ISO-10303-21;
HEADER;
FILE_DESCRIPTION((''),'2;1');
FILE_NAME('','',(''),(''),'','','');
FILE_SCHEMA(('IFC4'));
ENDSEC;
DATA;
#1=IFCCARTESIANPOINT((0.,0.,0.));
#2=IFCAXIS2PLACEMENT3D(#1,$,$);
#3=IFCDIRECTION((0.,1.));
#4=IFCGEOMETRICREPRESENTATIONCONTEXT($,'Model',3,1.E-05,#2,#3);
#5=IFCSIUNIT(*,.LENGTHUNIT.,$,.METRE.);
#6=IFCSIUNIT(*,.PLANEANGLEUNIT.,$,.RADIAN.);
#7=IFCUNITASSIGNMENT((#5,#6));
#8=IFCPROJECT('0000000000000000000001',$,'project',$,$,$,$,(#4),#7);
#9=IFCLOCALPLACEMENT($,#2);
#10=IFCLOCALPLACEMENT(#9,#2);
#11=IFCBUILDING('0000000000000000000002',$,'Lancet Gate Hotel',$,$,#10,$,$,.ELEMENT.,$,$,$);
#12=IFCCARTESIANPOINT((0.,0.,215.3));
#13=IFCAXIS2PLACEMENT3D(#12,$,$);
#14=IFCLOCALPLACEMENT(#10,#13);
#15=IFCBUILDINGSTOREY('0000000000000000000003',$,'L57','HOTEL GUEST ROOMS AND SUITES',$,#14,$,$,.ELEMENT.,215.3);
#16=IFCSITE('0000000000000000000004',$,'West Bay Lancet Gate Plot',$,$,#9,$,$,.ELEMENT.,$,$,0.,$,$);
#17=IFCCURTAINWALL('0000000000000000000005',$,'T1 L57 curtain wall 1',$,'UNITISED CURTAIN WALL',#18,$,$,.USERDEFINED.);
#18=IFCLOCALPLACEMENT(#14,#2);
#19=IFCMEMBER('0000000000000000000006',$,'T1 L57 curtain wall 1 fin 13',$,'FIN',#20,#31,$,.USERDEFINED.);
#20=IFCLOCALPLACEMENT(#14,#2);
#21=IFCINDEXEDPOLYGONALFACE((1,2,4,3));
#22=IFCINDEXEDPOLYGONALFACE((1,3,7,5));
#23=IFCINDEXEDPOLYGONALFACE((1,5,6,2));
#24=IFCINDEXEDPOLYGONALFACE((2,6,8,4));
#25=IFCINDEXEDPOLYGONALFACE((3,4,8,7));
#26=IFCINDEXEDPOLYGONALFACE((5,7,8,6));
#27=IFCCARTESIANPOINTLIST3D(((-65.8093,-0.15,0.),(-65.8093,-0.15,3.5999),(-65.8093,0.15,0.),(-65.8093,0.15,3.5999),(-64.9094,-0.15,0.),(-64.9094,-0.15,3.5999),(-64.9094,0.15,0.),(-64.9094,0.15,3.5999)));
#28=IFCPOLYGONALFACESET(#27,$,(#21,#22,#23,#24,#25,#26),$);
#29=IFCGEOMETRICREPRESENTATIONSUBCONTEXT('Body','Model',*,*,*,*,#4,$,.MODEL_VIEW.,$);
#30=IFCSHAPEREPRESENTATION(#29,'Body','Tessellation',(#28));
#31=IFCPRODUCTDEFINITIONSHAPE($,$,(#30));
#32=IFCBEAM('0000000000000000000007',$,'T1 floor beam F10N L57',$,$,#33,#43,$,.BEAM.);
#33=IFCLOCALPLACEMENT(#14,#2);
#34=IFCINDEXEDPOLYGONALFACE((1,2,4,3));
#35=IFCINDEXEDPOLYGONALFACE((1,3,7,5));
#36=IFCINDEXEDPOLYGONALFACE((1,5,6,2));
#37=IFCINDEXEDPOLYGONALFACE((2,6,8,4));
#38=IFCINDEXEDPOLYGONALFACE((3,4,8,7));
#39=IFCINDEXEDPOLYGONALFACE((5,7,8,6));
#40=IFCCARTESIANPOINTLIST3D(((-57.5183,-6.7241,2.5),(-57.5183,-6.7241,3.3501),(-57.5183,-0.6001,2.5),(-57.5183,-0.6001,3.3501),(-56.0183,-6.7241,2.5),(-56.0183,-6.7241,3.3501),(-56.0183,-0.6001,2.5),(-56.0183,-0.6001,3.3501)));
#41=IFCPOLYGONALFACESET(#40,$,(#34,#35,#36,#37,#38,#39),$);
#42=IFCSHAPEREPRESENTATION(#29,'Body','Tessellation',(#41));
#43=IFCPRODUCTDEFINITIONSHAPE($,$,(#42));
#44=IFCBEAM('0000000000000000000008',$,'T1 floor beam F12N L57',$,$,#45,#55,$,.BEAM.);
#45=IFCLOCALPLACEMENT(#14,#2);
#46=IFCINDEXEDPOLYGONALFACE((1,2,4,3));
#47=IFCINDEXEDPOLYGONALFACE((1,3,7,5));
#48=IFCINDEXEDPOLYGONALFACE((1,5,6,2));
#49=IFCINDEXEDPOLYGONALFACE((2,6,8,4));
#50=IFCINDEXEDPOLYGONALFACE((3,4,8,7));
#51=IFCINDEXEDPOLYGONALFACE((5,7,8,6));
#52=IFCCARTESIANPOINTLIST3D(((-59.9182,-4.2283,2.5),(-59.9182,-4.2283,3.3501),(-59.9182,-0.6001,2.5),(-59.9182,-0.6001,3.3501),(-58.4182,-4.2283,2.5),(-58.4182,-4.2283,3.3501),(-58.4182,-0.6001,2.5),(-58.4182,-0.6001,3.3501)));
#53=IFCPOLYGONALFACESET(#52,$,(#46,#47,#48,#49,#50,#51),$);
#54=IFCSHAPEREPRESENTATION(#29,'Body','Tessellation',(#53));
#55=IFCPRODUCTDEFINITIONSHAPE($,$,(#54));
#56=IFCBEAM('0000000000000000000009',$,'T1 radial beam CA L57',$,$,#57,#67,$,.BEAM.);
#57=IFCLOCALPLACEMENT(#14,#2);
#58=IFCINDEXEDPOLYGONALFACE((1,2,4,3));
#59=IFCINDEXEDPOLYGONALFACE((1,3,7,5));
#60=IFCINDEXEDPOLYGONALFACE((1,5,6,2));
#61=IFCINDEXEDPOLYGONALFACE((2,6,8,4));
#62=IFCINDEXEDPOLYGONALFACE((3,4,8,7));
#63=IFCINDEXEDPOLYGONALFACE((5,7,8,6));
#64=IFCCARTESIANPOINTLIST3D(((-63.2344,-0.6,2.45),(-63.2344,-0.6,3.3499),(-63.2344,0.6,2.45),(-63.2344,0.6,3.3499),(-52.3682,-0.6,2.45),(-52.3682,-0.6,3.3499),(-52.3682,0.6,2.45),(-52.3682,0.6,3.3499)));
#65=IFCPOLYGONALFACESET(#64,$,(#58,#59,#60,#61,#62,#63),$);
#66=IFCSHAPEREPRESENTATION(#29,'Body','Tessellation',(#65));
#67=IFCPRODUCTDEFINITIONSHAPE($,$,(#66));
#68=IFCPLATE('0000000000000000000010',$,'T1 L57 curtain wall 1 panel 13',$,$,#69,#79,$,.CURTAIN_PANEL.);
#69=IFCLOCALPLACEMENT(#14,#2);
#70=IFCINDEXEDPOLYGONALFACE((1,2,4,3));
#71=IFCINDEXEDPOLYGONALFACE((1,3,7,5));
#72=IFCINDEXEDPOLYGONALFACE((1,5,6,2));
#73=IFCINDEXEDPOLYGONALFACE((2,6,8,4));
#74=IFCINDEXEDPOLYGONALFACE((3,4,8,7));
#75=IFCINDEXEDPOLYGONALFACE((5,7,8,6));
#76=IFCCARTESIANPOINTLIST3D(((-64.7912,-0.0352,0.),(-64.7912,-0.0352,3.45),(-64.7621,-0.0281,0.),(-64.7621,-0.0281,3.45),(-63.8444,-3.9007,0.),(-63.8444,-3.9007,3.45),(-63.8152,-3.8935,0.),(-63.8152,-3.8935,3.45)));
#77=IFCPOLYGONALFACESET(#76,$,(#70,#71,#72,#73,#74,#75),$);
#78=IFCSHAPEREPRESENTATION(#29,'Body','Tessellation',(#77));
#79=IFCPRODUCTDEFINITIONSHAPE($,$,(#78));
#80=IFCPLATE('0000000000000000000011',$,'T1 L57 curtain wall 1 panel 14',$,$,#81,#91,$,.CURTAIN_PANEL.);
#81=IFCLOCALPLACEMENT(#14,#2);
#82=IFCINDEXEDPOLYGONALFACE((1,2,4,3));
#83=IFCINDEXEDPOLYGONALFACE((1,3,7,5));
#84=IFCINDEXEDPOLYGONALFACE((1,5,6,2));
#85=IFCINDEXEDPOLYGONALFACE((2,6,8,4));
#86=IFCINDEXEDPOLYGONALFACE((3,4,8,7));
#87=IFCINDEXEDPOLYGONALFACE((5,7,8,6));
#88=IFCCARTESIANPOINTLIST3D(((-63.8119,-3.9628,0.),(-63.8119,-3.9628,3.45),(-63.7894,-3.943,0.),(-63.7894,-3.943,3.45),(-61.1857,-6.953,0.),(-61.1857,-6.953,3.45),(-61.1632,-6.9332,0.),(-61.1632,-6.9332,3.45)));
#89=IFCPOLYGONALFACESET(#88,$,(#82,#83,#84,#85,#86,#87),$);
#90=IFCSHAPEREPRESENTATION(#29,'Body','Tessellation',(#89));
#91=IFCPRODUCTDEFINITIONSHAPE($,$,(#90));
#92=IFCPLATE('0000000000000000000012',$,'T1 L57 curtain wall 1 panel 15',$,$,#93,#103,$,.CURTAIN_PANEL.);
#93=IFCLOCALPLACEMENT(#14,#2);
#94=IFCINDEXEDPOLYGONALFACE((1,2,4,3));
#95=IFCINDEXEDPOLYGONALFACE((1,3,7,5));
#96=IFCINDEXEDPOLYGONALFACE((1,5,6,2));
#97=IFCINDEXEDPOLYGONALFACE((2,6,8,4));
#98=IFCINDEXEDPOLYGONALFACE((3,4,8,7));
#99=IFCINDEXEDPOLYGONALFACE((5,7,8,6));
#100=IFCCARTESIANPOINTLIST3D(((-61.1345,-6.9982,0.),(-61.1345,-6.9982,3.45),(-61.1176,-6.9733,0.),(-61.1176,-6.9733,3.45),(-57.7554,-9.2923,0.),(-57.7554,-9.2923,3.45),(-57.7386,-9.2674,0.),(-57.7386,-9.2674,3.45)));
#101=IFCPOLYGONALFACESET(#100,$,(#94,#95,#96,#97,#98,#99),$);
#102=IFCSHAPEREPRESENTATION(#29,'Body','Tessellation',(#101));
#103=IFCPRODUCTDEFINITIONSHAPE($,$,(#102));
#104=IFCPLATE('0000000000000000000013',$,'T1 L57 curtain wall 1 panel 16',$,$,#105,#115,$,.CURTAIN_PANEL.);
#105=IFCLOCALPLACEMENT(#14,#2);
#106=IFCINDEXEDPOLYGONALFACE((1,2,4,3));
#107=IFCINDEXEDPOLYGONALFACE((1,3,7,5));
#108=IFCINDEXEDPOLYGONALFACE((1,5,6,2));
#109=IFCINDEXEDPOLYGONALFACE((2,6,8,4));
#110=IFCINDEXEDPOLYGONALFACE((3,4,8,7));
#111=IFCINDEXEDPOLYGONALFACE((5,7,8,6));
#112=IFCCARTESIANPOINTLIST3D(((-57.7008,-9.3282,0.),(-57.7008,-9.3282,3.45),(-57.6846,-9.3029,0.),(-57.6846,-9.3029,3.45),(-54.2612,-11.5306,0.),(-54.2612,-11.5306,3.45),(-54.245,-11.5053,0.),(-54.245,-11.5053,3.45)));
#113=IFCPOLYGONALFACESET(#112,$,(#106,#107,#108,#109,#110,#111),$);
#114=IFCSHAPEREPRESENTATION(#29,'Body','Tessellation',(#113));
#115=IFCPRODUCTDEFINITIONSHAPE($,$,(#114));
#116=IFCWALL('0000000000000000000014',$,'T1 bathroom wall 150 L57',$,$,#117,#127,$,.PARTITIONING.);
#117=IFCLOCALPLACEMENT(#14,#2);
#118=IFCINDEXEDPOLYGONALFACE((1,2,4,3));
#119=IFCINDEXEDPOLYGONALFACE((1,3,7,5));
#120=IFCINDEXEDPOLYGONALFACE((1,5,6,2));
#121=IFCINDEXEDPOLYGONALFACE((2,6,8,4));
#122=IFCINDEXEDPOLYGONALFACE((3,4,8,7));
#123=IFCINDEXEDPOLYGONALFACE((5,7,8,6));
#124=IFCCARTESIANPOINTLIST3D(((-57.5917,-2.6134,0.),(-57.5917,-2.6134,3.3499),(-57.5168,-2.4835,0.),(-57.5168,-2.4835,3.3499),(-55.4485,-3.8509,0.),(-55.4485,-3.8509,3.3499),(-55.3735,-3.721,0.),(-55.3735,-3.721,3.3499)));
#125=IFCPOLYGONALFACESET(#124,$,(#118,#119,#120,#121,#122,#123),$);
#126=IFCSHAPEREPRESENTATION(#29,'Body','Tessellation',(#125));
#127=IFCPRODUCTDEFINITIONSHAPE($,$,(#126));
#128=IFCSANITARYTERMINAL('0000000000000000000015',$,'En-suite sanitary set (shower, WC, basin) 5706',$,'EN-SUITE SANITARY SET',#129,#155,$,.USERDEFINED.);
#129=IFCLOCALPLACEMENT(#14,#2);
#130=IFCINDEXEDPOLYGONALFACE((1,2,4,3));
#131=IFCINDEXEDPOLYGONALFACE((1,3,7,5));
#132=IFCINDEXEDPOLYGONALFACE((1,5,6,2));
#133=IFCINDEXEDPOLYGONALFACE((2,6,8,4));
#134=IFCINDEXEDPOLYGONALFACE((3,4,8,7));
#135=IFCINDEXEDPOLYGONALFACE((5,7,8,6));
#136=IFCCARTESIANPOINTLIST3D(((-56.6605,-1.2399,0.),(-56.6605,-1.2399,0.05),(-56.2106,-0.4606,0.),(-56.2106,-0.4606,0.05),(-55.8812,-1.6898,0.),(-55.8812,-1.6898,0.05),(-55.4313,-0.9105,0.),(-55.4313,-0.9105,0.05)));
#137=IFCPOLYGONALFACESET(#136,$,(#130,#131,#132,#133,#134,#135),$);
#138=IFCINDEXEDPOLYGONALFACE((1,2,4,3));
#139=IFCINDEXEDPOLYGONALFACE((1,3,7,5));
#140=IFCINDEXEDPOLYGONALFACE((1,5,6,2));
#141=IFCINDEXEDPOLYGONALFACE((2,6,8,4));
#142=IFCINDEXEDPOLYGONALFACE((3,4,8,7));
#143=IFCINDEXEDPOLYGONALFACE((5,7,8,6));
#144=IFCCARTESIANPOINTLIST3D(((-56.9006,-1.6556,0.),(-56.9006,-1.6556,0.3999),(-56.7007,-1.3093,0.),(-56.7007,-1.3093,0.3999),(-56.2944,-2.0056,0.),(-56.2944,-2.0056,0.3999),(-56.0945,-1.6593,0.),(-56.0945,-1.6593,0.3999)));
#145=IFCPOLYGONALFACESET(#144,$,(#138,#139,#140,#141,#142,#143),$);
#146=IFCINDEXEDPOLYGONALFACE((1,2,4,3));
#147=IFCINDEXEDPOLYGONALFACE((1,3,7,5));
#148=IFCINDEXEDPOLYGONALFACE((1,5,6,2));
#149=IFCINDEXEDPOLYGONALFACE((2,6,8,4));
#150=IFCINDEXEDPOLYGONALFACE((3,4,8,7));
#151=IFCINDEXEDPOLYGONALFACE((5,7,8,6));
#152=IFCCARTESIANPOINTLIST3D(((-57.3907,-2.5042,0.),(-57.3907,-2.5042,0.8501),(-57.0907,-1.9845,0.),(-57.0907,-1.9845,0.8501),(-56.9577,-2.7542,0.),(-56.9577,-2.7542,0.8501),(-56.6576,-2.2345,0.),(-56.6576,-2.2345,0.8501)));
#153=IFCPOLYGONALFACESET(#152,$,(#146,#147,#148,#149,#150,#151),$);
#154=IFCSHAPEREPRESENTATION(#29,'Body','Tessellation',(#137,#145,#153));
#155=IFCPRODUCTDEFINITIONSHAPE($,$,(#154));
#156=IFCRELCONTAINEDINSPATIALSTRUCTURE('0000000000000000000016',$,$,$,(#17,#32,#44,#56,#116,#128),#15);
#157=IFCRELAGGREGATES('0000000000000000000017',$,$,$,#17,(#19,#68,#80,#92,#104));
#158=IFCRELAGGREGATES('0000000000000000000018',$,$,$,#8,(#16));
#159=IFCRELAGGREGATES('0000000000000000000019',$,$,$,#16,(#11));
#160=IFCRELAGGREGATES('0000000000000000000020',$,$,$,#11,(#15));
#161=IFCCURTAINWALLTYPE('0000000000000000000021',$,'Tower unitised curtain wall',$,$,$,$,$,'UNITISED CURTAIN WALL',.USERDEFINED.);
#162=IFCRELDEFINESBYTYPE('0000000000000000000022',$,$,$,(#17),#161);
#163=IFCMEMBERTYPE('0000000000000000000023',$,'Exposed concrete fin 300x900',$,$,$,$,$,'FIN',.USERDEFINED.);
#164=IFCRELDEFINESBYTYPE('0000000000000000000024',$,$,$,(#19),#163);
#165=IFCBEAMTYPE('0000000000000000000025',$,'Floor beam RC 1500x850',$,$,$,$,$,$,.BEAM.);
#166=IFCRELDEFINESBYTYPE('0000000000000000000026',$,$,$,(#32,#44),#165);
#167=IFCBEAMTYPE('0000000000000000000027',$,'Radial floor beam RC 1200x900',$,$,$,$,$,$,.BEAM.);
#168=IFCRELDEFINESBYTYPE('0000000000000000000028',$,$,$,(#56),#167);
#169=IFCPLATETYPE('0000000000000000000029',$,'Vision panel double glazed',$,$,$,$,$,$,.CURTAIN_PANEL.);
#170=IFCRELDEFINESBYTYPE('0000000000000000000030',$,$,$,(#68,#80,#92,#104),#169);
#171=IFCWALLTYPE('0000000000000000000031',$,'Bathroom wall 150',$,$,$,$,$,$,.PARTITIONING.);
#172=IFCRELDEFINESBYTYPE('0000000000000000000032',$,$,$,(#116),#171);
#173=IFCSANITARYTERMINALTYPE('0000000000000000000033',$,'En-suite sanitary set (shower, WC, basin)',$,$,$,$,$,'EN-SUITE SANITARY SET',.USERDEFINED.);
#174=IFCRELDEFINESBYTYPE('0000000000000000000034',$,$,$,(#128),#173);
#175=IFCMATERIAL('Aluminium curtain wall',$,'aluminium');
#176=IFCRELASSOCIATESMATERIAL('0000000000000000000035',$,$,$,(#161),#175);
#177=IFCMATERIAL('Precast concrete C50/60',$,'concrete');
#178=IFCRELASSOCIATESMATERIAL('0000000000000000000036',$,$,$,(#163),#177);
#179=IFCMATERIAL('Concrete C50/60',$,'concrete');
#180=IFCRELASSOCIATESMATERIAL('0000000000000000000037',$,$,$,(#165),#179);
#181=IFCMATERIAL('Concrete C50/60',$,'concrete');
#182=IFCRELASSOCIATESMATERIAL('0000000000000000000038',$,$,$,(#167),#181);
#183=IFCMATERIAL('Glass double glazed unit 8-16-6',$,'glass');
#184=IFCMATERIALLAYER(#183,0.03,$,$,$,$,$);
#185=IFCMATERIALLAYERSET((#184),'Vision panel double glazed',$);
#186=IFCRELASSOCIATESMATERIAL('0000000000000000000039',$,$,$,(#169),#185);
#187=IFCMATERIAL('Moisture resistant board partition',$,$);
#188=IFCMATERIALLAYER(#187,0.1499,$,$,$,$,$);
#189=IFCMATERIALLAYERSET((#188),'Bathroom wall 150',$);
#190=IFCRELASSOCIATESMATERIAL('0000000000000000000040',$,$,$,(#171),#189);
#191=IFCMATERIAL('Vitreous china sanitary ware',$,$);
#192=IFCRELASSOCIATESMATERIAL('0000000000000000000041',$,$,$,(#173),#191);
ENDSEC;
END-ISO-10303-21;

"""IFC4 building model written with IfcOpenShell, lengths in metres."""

from ifc_helpers import new_model, si_unit, direction, frame, frame_2d, origin, origin_2d, place, context, subcontext, project, spatial, rectangle, extrude, material, layer, layer_set, material_profile, profile_set, type_object, element, aggregate, save


model = new_model("IFC4")

# Units and contexts
model_context = context("Model", 3, precision=1e-05, world=origin(), true_north=direction((0.0, 1.0)))
body_context = subcontext(model_context, "Body", "Model", "MODEL_VIEW")
ifc_project = project(units=[si_unit("LENGTHUNIT", "METRE"), si_unit("PLANEANGLEUNIT", "RADIAN")], contexts=[model_context])

# Site, building, storey
site_placement = place(None, origin())
site = spatial("IfcSite", under=ifc_project, at=site_placement, Name="West Bay Lancet Gate Plot", CompositionType="ELEMENT", RefElevation=0.0)
building_placement = place(site_placement, origin())
building = spatial("IfcBuilding", under=site, at=building_placement, Name="Lancet Gate Hotel", CompositionType="ELEMENT")
storey_placement = place(building_placement, frame((0.0, 0.0, 215.3)))
storey = spatial("IfcBuildingStorey", under=building, at=storey_placement, Name="L57", Description="HOTEL GUEST ROOMS AND SUITES", CompositionType="ELEMENT", Elevation=215.3)

# Curtain wall
ifc_material_1 = material(Name="Aluminium curtain wall", Category="aluminium")
curtain_wall_type = type_object("IfcCurtainWallType", Name="Tower unitised curtain wall", ElementType="UNITISED CURTAIN WALL", PredefinedType="USERDEFINED", material=ifc_material_1)
curtain_wall_placement = place(storey_placement, origin())
curtain_wall = element("IfcCurtainWall", 1, at=curtain_wall_placement, inside=storey, type_object=curtain_wall_type, Name="T1 L57 curtain wall 1", ObjectType="UNITISED CURTAIN WALL", PredefinedType="USERDEFINED")

# Member
ifc_material_2 = material(Name="Precast concrete C50/60", Category="concrete")
ifc_material_profile_1 = material_profile(ifc_material_2, rectangle(XDim=0.3, YDim=0.8999, at=origin_2d()), Name="FIN 300x900")
ifc_profile_set_1 = profile_set([ifc_material_profile_1], Name="Precast concrete C50/60")
member_type_1 = type_object("IfcMemberType", Name="Exposed concrete fin 300x900", ElementType="FIN", PredefinedType="USERDEFINED", material=ifc_profile_set_1)
member_1_placement = place(storey_placement, frame((-65.3594, 0.0, 0.0), z_axis=(0.0, 0.0, 1.0), x_axis=(0.0, -1.0, 0.0)))
member_1 = element("IfcMember", 2, at=member_1_placement, type_object=member_type_1, Name="T1 L57 curtain wall 1 fin 13", ObjectType="FIN", PredefinedType="USERDEFINED", context=body_context, shape_type="SweptSolid", body=[
    extrude(rectangle(XDim=0.3, YDim=0.8999, at=origin_2d()), origin(), (0.0, 0.0, 1.0), 3.5999),
])

# Beams
ifc_material_3 = material(Name="Concrete C50/60", Category="concrete")
ifc_material_profile_2 = material_profile(ifc_material_3, rectangle(XDim=1.5, YDim=0.8501, at=origin_2d()), Name="RC 1500x850")
ifc_profile_set_2 = profile_set([ifc_material_profile_2], Name="Concrete C50/60")
beam_type_1 = type_object("IfcBeamType", Name="Floor beam RC 1500x850", PredefinedType="BEAM", material=ifc_profile_set_2)
beam_1_placement = place(storey_placement, frame((-56.7683, -0.6001, 2.925), z_axis=(0.0, -1.0, 0.0), x_axis=(1.0, 0.0, 0.0)))
element("IfcBeam", 3, at=beam_1_placement, inside=storey, type_object=beam_type_1, Name="T1 floor beam F10N L57", PredefinedType="BEAM", context=body_context, shape_type="SweptSolid", body=[
    extrude(rectangle(XDim=1.5, YDim=0.8501, at=origin_2d()), origin(), (0.0, 0.0, 1.0), 6.124),
])
beam_2_placement = place(storey_placement, frame((-59.1682, -0.6001, 2.925), z_axis=(0.0, -1.0, 0.0), x_axis=(1.0, 0.0, 0.0)))
element("IfcBeam", 4, at=beam_2_placement, inside=storey, type_object=beam_type_1, Name="T1 floor beam F12N L57", PredefinedType="BEAM", context=body_context, shape_type="SweptSolid", body=[
    extrude(rectangle(XDim=1.5, YDim=0.8501, at=origin_2d()), origin(), (0.0, 0.0, 1.0), 3.6282),
])
ifc_material_4 = material(Name="Concrete C50/60", Category="concrete")
ifc_material_profile_3 = material_profile(ifc_material_4, rectangle(XDim=1.2, YDim=0.8999, at=origin_2d()), Name="RC 1200x900")
ifc_profile_set_3 = profile_set([ifc_material_profile_3], Name="Concrete C50/60")
beam_type_2 = type_object("IfcBeamType", Name="Radial floor beam RC 1200x900", PredefinedType="BEAM", material=ifc_profile_set_3)
beam_3_placement = place(storey_placement, frame((-63.2344, 0.0, 2.8999), z_axis=(1.0, 0.0, 0.0), x_axis=(0.0, 1.0, 0.0)))
element("IfcBeam", 5, at=beam_3_placement, inside=storey, type_object=beam_type_2, Name="T1 radial beam CA L57", PredefinedType="BEAM", context=body_context, shape_type="SweptSolid", body=[
    extrude(rectangle(XDim=1.2, YDim=0.8999, at=origin_2d()), origin(), (0.0, 0.0, 1.0), 10.8662),
])

# Plates
ifc_material_5 = material(Name="Glass double glazed unit 8-16-6", Category="glass")
ifc_layer_1 = layer(ifc_material_5, 0.03)
ifc_layer_set_1 = layer_set([ifc_layer_1], Name="Vision panel double glazed")
plate_type = type_object("IfcPlateType", Name="Vision panel double glazed", PredefinedType="CURTAIN_PANEL", material=ifc_layer_set_1)
plate_1_placement = place(storey_placement, frame((-64.3032, -1.9644, 0.0), z_axis=(0.0, 0.0, 1.0), x_axis=(0.237921, -0.971285, 0.0)))
plate_1 = element("IfcPlate", 6, at=plate_1_placement, type_object=plate_type, Name="T1 L57 curtain wall 1 panel 13", PredefinedType="CURTAIN_PANEL", context=body_context, shape_type="SweptSolid", body=[
    extrude(rectangle(XDim=3.9797, YDim=0.03, at=origin_2d()), origin(), (0.0, 0.0, 1.0), 3.45),
])
plate_2_placement = place(storey_placement, frame((-62.4875, -5.448, 0.0), z_axis=(0.0, 0.0, 1.0), x_axis=(0.659892, -0.751361, 0.0)))
plate_2 = element("IfcPlate", 7, at=plate_2_placement, type_object=plate_type, Name="T1 L57 curtain wall 1 panel 14", PredefinedType="CURTAIN_PANEL", context=body_context, shape_type="SweptSolid", body=[
    extrude(rectangle(XDim=3.9797, YDim=0.03, at=origin_2d()), origin(), (0.0, 0.0, 1.0), 3.45),
])
plate_3_placement = place(storey_placement, frame((-59.4365, -8.1328, 0.0), z_axis=(0.0, 0.0, 1.0), x_axis=(0.827342, -0.561698, 0.0)))
plate_3 = element("IfcPlate", 8, at=plate_3_placement, type_object=plate_type, Name="T1 L57 curtain wall 1 panel 15", PredefinedType="CURTAIN_PANEL", context=body_context, shape_type="SweptSolid", body=[
    extrude(rectangle(XDim=4.0842, YDim=0.03, at=origin_2d()), origin(), (0.0, 0.0, 1.0), 3.45),
])
plate_4_placement = place(storey_placement, frame((-55.9729, -10.4167, 0.0), z_axis=(0.0, 0.0, 1.0), x_axis=(0.842161, -0.539226, 0.0)))
plate_4 = element("IfcPlate", 9, at=plate_4_placement, type_object=plate_type, Name="T1 L57 curtain wall 1 panel 16", PredefinedType="CURTAIN_PANEL", context=body_context, shape_type="SweptSolid", body=[
    extrude(rectangle(XDim=4.0842, YDim=0.03, at=origin_2d()), origin(), (0.0, 0.0, 1.0), 3.45),
])
aggregate(curtain_wall, [member_1, plate_1, plate_2, plate_3, plate_4])

# Wall
ifc_material_6 = material(Name="Moisture resistant board partition")
ifc_layer_2 = layer(ifc_material_6, 0.1499)
ifc_layer_set_2 = layer_set([ifc_layer_2], Name="Bathroom wall 150")
wall_type = type_object("IfcWallType", Name="Bathroom wall 150", PredefinedType="PARTITIONING", material=ifc_layer_set_2)
wall_placement = place(storey_placement, frame((-55.4111, -3.7859, 0.0), z_axis=(0.0, 0.0, 1.0), x_axis=(-0.866007, 0.500033, 0.0)))
element("IfcWall", 10, at=wall_placement, inside=storey, type_object=wall_type, Name="T1 bathroom wall 150 L57", PredefinedType="PARTITIONING", context=body_context, shape_type="SweptSolid", body=[
    extrude(rectangle(XDim=2.4749, YDim=0.1499, at=frame_2d((1.2373, 0.0))), origin(), (0.0, 0.0, 1.0), 3.3499),
])

# Sanitary terminal
ifc_material_7 = material(Name="Vitreous china sanitary ware")
sanitary_terminal_type = type_object("IfcSanitaryTerminalType", Name="En-suite sanitary set (shower, WC, basin)", ElementType="EN-SUITE SANITARY SET", PredefinedType="USERDEFINED", material=ifc_material_7)
sanitary_terminal_placement = place(storey_placement, frame((-56.0459, -1.0752, 0.0), z_axis=(0.0, 0.0, 1.0), x_axis=(1.0, 0.0, 0.0)))
element("IfcSanitaryTerminal", 11, at=sanitary_terminal_placement, inside=storey, type_object=sanitary_terminal_type, Name="En-suite sanitary set (shower, WC, basin) 5706", ObjectType="EN-SUITE SANITARY SET", PredefinedType="USERDEFINED", context=body_context, shape_type="SweptSolid", body=[
    extrude(rectangle(XDim=0.8999, YDim=0.8999, at=origin_2d()), frame((0.0, 0.0, 0.0), z_axis=(0.0, 0.0, 1.0), x_axis=(0.5, 0.866025, 0.0)), (0.0, 0.0, 1.0), 0.05),
    extrude(rectangle(XDim=0.3999, YDim=0.7, at=origin_2d()), frame((-0.4517, -0.5823, 0.0), z_axis=(0.0, 0.0, 1.0), x_axis=(0.5, 0.866025, 0.0)), (0.0, 0.0, 1.0), 0.3999),
    extrude(rectangle(XDim=0.6001, YDim=0.5, at=origin_2d()), frame((-0.9783, -1.2942, 0.0), z_axis=(0.0, 0.0, 1.0), x_axis=(0.5, 0.866025, 0.0)), (0.0, 0.0, 1.0), 0.8501),
])

save(model, "model.ifc")
